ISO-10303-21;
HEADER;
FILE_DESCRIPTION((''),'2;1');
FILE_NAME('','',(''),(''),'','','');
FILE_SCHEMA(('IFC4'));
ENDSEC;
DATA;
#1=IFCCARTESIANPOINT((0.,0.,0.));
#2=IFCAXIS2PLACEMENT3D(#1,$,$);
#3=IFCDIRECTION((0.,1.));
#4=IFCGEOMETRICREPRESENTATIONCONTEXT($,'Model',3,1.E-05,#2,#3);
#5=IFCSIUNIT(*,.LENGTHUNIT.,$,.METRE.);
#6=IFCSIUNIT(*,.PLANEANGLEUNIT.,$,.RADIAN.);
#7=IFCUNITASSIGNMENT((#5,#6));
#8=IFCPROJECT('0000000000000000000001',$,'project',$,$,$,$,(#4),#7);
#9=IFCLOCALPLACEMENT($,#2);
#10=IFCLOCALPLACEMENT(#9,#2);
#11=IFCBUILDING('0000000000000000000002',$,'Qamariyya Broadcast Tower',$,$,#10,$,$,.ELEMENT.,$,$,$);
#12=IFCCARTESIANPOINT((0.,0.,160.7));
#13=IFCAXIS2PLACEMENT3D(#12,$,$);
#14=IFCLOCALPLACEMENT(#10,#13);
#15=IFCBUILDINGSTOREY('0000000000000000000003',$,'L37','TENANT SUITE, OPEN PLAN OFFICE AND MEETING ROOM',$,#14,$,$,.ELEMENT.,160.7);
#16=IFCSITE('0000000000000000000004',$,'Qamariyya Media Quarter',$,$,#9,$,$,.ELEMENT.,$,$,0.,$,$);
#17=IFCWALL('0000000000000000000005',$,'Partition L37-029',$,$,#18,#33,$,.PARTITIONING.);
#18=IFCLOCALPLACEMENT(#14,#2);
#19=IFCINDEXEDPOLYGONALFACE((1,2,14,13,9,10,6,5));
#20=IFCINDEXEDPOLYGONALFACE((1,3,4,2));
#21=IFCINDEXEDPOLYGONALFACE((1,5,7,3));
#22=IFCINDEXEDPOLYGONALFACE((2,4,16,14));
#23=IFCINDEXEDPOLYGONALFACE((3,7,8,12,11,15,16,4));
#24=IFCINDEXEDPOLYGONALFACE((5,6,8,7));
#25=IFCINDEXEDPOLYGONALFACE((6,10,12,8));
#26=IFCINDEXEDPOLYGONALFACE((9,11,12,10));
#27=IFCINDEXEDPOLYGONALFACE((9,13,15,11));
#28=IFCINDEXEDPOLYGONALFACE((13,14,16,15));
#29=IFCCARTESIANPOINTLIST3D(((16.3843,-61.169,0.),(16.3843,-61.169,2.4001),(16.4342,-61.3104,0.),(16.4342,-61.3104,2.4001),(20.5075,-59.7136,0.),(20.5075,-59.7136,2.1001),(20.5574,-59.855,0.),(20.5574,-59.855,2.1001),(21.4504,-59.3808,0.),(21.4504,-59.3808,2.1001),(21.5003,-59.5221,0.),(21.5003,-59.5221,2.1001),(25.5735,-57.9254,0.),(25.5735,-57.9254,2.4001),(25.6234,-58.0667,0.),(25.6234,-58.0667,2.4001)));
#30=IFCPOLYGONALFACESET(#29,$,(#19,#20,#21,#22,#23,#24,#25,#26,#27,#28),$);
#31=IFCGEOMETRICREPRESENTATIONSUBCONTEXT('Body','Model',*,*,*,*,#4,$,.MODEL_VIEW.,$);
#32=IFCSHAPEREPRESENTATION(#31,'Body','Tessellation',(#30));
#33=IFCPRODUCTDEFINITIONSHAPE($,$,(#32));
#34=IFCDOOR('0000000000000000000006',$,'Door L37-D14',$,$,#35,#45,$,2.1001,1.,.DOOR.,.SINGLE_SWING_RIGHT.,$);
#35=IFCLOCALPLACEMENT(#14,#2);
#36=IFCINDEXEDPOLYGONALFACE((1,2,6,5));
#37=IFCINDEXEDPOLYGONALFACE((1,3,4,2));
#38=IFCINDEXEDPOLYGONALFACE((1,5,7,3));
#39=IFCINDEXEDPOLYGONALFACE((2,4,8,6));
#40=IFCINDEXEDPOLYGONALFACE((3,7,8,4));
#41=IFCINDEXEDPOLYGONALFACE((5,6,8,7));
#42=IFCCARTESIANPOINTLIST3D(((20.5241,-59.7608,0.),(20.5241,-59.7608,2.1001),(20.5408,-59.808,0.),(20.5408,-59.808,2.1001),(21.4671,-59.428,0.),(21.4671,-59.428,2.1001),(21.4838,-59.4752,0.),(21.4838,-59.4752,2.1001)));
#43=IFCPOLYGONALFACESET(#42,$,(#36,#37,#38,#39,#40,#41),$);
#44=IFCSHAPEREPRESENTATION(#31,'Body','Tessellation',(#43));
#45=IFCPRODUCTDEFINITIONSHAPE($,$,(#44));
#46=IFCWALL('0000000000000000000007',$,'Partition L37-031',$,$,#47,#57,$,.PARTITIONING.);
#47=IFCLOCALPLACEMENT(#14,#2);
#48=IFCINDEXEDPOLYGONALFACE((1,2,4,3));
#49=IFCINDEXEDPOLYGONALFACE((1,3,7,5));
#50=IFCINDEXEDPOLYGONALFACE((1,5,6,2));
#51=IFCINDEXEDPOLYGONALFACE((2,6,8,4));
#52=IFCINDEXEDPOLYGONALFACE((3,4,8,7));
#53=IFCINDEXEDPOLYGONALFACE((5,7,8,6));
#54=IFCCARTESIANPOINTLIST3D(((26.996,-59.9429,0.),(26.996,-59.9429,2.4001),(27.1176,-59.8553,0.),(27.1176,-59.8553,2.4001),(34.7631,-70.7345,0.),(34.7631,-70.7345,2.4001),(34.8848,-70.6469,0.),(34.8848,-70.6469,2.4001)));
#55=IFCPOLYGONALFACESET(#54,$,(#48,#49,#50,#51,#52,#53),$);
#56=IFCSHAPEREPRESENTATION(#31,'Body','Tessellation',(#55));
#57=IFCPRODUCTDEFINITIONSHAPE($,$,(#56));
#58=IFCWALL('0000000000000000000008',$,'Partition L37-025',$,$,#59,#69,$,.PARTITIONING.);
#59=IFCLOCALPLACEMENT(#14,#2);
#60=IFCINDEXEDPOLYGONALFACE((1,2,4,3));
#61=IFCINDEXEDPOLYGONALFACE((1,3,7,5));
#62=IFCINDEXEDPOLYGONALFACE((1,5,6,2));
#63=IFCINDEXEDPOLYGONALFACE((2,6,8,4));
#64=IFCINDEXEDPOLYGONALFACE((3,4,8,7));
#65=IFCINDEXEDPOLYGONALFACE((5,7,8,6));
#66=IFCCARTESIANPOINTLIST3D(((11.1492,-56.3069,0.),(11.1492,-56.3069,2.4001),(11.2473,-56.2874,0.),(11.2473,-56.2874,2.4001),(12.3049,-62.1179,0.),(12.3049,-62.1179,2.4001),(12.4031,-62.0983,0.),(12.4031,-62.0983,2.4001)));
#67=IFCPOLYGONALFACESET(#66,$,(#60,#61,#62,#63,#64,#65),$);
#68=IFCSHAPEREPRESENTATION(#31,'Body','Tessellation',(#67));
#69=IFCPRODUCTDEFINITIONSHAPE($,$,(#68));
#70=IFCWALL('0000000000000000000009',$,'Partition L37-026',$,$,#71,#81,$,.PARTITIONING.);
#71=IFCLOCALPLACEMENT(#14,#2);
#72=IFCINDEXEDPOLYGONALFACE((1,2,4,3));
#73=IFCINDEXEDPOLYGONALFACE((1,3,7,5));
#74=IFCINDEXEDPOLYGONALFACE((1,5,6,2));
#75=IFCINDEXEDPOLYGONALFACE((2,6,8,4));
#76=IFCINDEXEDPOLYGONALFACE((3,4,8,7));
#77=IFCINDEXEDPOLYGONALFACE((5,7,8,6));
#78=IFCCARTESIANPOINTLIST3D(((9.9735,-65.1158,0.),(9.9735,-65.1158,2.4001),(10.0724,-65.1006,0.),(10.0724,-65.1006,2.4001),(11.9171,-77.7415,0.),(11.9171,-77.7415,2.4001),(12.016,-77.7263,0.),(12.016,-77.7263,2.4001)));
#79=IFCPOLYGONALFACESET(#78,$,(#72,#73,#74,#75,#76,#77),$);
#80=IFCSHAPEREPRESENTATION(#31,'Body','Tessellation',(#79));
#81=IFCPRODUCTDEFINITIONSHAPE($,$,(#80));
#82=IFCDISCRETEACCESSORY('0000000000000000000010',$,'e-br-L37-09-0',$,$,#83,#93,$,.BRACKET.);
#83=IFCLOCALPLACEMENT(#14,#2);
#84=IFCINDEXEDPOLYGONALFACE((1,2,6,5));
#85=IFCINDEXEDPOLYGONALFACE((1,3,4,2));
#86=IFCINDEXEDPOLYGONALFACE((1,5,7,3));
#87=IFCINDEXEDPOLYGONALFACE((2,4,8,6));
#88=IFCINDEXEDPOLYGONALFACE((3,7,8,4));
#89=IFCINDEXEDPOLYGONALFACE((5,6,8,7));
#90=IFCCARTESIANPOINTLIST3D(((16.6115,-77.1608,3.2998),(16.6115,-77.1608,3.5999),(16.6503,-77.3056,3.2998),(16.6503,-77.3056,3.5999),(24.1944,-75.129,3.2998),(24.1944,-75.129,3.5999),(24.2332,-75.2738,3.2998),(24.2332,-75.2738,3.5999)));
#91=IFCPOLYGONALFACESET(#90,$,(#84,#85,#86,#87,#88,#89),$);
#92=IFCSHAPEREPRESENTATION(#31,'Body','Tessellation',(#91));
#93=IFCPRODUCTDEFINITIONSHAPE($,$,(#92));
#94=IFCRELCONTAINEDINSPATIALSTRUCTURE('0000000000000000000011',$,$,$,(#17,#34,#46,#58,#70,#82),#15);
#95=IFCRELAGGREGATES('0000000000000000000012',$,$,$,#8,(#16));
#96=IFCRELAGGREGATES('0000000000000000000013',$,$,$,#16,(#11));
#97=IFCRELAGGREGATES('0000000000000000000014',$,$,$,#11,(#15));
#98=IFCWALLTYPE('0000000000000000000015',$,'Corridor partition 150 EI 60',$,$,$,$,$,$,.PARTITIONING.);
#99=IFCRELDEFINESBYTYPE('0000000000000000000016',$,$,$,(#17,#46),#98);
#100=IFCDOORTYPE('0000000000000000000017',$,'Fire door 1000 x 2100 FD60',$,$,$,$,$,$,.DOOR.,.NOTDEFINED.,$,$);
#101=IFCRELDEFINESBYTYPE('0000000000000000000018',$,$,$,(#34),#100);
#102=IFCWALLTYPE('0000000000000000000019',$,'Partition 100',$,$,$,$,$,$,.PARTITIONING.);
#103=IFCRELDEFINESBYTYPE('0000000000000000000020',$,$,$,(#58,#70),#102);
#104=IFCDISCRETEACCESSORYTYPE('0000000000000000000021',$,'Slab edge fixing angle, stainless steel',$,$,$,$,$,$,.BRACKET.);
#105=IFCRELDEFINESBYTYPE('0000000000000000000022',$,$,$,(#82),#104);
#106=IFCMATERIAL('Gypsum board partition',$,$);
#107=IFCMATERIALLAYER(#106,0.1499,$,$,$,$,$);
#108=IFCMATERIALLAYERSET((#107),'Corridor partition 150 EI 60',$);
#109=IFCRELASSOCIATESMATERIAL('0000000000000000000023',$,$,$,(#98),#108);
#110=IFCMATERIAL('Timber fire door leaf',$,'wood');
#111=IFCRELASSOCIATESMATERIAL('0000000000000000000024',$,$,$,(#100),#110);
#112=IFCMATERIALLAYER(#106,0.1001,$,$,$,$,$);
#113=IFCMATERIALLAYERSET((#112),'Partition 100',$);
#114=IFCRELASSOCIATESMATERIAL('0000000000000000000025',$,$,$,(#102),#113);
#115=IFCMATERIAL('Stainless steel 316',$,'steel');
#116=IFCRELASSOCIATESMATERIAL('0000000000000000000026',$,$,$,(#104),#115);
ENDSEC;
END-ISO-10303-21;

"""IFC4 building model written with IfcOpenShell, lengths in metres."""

from ifc_helpers import new_model, si_unit, direction, frame, frame_2d, origin, origin_2d, place, context, subcontext, project, spatial, rectangle, extrude, material, layer, layer_set, type_object, element, fill, save


model = new_model("IFC4")

# Units and contexts
model_context = context("Model", 3, precision=1e-05, world=origin(), true_north=direction((0.0, 1.0)))
body_context = subcontext(model_context, "Body", "Model", "MODEL_VIEW")
ifc_project = project(units=[si_unit("LENGTHUNIT", "METRE"), si_unit("PLANEANGLEUNIT", "RADIAN")], contexts=[model_context])

# Site, building, storey
site_placement = place(None, origin())
site = spatial("IfcSite", under=ifc_project, at=site_placement, Name="Qamariyya Media Quarter", CompositionType="ELEMENT", RefElevation=0.0)
building_placement = place(site_placement, origin())
building = spatial("IfcBuilding", under=site, at=building_placement, Name="Qamariyya Broadcast Tower", CompositionType="ELEMENT")
storey_placement = place(building_placement, frame((0.0, 0.0, 160.7)))
storey = spatial("IfcBuildingStorey", under=building, at=storey_placement, Name="L37", Description="TENANT SUITE, OPEN PLAN OFFICE AND MEETING ROOM", CompositionType="ELEMENT", Elevation=160.7)

# Wall, opening, door
ifc_material_1 = material(Name="Gypsum board partition")
ifc_layer_1 = layer(ifc_material_1, 0.1499)
ifc_layer_set_1 = layer_set([ifc_layer_1], Name="Corridor partition 150 EI 60")
wall_type_1 = type_object("IfcWallType", Name="Corridor partition 150 EI 60", PredefinedType="PARTITIONING", material=ifc_layer_set_1)
ifc_material_2 = material(Name="Timber fire door leaf", Category="wood")
wall_1_placement = place(storey_placement, frame((16.4092, -61.2397, 0.0), z_axis=(0.0, 0.0, 1.0), x_axis=(0.942977, 0.332857, 0.0)))
wall_1 = element("IfcWall", 1, at=wall_1_placement, inside=storey, type_object=wall_type_1, Name="Partition L37-029", PredefinedType="PARTITIONING", context=body_context, shape_type="SweptSolid", body=[
    extrude(rectangle(XDim=9.7449, YDim=0.1499, at=frame_2d((4.8726, 0.0))), origin(), (0.0, 0.0, 1.0), 2.4001),
])
opening_1_placement = place(wall_1_placement, frame((4.3726, 0.0, 0.0)))
opening_1 = element("IfcOpeningElement", 2, at=opening_1_placement, cuts=wall_1, PredefinedType="OPENING", context=body_context, shape_type="SweptSolid", body=[
    extrude(rectangle(XDim=1.0, YDim=2.1001, at=frame_2d((0.5, 1.05))), frame((0.0, 0.085, 0.0), z_axis=(0.0, -1.0, 0.0), x_axis=(1.0, 0.0, 0.0)), (0.0, 0.0, 1.0), 0.1699),
])
door_type_1 = type_object("IfcDoorType", Name="Fire door 1000 x 2100 FD60", OperationType="NOTDEFINED", PredefinedType="DOOR", material=ifc_material_2)
door_1_placement = place(opening_1_placement, origin())
door_1 = element("IfcDoor", 3, at=door_1_placement, inside=storey, type_object=door_type_1, Name="Door L37-D14", OperationType="SINGLE_SWING_RIGHT", OverallHeight=2.1001, OverallWidth=1.0, PredefinedType="DOOR", context=body_context, shape_type="SweptSolid", body=[
    extrude(rectangle(XDim=1.0, YDim=2.1001, at=frame_2d((0.5, 1.05))), frame((0.0, 0.0249, 0.0), z_axis=(0.0, -1.0, 0.0), x_axis=(1.0, 0.0, 0.0)), (0.0, 0.0, 1.0), 0.05),
])
fill(opening_1, door_1)

# Walls
wall_2_placement = place(storey_placement, frame((27.0569, -59.8992, 0.0), z_axis=(0.0, 0.0, 1.0), x_axis=(0.584166, -0.811634, 0.0)))
element("IfcWall", 4, at=wall_2_placement, inside=storey, type_object=wall_type_1, Name="Partition L37-031", PredefinedType="PARTITIONING", context=body_context, shape_type="SweptSolid", body=[
    extrude(rectangle(XDim=13.2961, YDim=0.1499, at=frame_2d((6.6479, 0.0))), origin(), (0.0, 0.0, 1.0), 2.4001),
])
ifc_layer_2 = layer(ifc_material_1, 0.1001)
ifc_layer_set_2 = layer_set([ifc_layer_2], Name="Partition 100")
wall_type_2 = type_object("IfcWallType", Name="Partition 100", PredefinedType="PARTITIONING", material=ifc_layer_set_2)
wall_3_placement = place(storey_placement, frame((11.1982, -56.2971, 0.0), z_axis=(0.0, 0.0, 1.0), x_axis=(0.19507, -0.980789, 0.0)))
element("IfcWall", 5, at=wall_3_placement, inside=storey, type_object=wall_type_2, Name="Partition L37-025", PredefinedType="PARTITIONING", context=body_context, shape_type="SweptSolid", body=[
    extrude(rectangle(XDim=5.9248, YDim=0.1001, at=frame_2d((2.9624, 0.0))), origin(), (0.0, 0.0, 1.0), 2.4001),
])
wall_4_placement = place(storey_placement, frame((11.9666, -77.7339, 0.0), z_axis=(0.0, 0.0, 1.0), x_axis=(-0.152148, 0.988358, 0.0)))
element("IfcWall", 6, at=wall_4_placement, inside=storey, type_object=wall_type_2, Name="Partition L37-026", PredefinedType="PARTITIONING", context=body_context, shape_type="SweptSolid", body=[
    extrude(rectangle(XDim=12.7744, YDim=0.1001, at=frame_2d((6.3872, 0.0))), origin(), (0.0, 0.0, 1.0), 2.4001),
])

# Discrete accessory
ifc_material_3 = material(Name="Stainless steel 316", Category="steel")
discrete_accessory_type = type_object("IfcDiscreteAccessoryType", Name="Slab edge fixing angle, stainless steel", PredefinedType="BRACKET", material=ifc_material_3)
discrete_accessory_placement = place(storey_placement, frame((20.4224, -76.2173, 3.2998), z_axis=(0.0, 0.0, 1.0), x_axis=(0.965926, 0.258819, 0.0)))
element("IfcDiscreteAccessory", 7, at=discrete_accessory_placement, inside=storey, type_object=discrete_accessory_type, Name="e-br-L37-09-0", PredefinedType="BRACKET", context=body_context, shape_type="SweptSolid", body=[
    extrude(rectangle(XDim=7.8503, YDim=0.1499, at=origin_2d()), origin(), (0.0, 0.0, 1.0), 0.3),
])

save(model, "model.ifc")
